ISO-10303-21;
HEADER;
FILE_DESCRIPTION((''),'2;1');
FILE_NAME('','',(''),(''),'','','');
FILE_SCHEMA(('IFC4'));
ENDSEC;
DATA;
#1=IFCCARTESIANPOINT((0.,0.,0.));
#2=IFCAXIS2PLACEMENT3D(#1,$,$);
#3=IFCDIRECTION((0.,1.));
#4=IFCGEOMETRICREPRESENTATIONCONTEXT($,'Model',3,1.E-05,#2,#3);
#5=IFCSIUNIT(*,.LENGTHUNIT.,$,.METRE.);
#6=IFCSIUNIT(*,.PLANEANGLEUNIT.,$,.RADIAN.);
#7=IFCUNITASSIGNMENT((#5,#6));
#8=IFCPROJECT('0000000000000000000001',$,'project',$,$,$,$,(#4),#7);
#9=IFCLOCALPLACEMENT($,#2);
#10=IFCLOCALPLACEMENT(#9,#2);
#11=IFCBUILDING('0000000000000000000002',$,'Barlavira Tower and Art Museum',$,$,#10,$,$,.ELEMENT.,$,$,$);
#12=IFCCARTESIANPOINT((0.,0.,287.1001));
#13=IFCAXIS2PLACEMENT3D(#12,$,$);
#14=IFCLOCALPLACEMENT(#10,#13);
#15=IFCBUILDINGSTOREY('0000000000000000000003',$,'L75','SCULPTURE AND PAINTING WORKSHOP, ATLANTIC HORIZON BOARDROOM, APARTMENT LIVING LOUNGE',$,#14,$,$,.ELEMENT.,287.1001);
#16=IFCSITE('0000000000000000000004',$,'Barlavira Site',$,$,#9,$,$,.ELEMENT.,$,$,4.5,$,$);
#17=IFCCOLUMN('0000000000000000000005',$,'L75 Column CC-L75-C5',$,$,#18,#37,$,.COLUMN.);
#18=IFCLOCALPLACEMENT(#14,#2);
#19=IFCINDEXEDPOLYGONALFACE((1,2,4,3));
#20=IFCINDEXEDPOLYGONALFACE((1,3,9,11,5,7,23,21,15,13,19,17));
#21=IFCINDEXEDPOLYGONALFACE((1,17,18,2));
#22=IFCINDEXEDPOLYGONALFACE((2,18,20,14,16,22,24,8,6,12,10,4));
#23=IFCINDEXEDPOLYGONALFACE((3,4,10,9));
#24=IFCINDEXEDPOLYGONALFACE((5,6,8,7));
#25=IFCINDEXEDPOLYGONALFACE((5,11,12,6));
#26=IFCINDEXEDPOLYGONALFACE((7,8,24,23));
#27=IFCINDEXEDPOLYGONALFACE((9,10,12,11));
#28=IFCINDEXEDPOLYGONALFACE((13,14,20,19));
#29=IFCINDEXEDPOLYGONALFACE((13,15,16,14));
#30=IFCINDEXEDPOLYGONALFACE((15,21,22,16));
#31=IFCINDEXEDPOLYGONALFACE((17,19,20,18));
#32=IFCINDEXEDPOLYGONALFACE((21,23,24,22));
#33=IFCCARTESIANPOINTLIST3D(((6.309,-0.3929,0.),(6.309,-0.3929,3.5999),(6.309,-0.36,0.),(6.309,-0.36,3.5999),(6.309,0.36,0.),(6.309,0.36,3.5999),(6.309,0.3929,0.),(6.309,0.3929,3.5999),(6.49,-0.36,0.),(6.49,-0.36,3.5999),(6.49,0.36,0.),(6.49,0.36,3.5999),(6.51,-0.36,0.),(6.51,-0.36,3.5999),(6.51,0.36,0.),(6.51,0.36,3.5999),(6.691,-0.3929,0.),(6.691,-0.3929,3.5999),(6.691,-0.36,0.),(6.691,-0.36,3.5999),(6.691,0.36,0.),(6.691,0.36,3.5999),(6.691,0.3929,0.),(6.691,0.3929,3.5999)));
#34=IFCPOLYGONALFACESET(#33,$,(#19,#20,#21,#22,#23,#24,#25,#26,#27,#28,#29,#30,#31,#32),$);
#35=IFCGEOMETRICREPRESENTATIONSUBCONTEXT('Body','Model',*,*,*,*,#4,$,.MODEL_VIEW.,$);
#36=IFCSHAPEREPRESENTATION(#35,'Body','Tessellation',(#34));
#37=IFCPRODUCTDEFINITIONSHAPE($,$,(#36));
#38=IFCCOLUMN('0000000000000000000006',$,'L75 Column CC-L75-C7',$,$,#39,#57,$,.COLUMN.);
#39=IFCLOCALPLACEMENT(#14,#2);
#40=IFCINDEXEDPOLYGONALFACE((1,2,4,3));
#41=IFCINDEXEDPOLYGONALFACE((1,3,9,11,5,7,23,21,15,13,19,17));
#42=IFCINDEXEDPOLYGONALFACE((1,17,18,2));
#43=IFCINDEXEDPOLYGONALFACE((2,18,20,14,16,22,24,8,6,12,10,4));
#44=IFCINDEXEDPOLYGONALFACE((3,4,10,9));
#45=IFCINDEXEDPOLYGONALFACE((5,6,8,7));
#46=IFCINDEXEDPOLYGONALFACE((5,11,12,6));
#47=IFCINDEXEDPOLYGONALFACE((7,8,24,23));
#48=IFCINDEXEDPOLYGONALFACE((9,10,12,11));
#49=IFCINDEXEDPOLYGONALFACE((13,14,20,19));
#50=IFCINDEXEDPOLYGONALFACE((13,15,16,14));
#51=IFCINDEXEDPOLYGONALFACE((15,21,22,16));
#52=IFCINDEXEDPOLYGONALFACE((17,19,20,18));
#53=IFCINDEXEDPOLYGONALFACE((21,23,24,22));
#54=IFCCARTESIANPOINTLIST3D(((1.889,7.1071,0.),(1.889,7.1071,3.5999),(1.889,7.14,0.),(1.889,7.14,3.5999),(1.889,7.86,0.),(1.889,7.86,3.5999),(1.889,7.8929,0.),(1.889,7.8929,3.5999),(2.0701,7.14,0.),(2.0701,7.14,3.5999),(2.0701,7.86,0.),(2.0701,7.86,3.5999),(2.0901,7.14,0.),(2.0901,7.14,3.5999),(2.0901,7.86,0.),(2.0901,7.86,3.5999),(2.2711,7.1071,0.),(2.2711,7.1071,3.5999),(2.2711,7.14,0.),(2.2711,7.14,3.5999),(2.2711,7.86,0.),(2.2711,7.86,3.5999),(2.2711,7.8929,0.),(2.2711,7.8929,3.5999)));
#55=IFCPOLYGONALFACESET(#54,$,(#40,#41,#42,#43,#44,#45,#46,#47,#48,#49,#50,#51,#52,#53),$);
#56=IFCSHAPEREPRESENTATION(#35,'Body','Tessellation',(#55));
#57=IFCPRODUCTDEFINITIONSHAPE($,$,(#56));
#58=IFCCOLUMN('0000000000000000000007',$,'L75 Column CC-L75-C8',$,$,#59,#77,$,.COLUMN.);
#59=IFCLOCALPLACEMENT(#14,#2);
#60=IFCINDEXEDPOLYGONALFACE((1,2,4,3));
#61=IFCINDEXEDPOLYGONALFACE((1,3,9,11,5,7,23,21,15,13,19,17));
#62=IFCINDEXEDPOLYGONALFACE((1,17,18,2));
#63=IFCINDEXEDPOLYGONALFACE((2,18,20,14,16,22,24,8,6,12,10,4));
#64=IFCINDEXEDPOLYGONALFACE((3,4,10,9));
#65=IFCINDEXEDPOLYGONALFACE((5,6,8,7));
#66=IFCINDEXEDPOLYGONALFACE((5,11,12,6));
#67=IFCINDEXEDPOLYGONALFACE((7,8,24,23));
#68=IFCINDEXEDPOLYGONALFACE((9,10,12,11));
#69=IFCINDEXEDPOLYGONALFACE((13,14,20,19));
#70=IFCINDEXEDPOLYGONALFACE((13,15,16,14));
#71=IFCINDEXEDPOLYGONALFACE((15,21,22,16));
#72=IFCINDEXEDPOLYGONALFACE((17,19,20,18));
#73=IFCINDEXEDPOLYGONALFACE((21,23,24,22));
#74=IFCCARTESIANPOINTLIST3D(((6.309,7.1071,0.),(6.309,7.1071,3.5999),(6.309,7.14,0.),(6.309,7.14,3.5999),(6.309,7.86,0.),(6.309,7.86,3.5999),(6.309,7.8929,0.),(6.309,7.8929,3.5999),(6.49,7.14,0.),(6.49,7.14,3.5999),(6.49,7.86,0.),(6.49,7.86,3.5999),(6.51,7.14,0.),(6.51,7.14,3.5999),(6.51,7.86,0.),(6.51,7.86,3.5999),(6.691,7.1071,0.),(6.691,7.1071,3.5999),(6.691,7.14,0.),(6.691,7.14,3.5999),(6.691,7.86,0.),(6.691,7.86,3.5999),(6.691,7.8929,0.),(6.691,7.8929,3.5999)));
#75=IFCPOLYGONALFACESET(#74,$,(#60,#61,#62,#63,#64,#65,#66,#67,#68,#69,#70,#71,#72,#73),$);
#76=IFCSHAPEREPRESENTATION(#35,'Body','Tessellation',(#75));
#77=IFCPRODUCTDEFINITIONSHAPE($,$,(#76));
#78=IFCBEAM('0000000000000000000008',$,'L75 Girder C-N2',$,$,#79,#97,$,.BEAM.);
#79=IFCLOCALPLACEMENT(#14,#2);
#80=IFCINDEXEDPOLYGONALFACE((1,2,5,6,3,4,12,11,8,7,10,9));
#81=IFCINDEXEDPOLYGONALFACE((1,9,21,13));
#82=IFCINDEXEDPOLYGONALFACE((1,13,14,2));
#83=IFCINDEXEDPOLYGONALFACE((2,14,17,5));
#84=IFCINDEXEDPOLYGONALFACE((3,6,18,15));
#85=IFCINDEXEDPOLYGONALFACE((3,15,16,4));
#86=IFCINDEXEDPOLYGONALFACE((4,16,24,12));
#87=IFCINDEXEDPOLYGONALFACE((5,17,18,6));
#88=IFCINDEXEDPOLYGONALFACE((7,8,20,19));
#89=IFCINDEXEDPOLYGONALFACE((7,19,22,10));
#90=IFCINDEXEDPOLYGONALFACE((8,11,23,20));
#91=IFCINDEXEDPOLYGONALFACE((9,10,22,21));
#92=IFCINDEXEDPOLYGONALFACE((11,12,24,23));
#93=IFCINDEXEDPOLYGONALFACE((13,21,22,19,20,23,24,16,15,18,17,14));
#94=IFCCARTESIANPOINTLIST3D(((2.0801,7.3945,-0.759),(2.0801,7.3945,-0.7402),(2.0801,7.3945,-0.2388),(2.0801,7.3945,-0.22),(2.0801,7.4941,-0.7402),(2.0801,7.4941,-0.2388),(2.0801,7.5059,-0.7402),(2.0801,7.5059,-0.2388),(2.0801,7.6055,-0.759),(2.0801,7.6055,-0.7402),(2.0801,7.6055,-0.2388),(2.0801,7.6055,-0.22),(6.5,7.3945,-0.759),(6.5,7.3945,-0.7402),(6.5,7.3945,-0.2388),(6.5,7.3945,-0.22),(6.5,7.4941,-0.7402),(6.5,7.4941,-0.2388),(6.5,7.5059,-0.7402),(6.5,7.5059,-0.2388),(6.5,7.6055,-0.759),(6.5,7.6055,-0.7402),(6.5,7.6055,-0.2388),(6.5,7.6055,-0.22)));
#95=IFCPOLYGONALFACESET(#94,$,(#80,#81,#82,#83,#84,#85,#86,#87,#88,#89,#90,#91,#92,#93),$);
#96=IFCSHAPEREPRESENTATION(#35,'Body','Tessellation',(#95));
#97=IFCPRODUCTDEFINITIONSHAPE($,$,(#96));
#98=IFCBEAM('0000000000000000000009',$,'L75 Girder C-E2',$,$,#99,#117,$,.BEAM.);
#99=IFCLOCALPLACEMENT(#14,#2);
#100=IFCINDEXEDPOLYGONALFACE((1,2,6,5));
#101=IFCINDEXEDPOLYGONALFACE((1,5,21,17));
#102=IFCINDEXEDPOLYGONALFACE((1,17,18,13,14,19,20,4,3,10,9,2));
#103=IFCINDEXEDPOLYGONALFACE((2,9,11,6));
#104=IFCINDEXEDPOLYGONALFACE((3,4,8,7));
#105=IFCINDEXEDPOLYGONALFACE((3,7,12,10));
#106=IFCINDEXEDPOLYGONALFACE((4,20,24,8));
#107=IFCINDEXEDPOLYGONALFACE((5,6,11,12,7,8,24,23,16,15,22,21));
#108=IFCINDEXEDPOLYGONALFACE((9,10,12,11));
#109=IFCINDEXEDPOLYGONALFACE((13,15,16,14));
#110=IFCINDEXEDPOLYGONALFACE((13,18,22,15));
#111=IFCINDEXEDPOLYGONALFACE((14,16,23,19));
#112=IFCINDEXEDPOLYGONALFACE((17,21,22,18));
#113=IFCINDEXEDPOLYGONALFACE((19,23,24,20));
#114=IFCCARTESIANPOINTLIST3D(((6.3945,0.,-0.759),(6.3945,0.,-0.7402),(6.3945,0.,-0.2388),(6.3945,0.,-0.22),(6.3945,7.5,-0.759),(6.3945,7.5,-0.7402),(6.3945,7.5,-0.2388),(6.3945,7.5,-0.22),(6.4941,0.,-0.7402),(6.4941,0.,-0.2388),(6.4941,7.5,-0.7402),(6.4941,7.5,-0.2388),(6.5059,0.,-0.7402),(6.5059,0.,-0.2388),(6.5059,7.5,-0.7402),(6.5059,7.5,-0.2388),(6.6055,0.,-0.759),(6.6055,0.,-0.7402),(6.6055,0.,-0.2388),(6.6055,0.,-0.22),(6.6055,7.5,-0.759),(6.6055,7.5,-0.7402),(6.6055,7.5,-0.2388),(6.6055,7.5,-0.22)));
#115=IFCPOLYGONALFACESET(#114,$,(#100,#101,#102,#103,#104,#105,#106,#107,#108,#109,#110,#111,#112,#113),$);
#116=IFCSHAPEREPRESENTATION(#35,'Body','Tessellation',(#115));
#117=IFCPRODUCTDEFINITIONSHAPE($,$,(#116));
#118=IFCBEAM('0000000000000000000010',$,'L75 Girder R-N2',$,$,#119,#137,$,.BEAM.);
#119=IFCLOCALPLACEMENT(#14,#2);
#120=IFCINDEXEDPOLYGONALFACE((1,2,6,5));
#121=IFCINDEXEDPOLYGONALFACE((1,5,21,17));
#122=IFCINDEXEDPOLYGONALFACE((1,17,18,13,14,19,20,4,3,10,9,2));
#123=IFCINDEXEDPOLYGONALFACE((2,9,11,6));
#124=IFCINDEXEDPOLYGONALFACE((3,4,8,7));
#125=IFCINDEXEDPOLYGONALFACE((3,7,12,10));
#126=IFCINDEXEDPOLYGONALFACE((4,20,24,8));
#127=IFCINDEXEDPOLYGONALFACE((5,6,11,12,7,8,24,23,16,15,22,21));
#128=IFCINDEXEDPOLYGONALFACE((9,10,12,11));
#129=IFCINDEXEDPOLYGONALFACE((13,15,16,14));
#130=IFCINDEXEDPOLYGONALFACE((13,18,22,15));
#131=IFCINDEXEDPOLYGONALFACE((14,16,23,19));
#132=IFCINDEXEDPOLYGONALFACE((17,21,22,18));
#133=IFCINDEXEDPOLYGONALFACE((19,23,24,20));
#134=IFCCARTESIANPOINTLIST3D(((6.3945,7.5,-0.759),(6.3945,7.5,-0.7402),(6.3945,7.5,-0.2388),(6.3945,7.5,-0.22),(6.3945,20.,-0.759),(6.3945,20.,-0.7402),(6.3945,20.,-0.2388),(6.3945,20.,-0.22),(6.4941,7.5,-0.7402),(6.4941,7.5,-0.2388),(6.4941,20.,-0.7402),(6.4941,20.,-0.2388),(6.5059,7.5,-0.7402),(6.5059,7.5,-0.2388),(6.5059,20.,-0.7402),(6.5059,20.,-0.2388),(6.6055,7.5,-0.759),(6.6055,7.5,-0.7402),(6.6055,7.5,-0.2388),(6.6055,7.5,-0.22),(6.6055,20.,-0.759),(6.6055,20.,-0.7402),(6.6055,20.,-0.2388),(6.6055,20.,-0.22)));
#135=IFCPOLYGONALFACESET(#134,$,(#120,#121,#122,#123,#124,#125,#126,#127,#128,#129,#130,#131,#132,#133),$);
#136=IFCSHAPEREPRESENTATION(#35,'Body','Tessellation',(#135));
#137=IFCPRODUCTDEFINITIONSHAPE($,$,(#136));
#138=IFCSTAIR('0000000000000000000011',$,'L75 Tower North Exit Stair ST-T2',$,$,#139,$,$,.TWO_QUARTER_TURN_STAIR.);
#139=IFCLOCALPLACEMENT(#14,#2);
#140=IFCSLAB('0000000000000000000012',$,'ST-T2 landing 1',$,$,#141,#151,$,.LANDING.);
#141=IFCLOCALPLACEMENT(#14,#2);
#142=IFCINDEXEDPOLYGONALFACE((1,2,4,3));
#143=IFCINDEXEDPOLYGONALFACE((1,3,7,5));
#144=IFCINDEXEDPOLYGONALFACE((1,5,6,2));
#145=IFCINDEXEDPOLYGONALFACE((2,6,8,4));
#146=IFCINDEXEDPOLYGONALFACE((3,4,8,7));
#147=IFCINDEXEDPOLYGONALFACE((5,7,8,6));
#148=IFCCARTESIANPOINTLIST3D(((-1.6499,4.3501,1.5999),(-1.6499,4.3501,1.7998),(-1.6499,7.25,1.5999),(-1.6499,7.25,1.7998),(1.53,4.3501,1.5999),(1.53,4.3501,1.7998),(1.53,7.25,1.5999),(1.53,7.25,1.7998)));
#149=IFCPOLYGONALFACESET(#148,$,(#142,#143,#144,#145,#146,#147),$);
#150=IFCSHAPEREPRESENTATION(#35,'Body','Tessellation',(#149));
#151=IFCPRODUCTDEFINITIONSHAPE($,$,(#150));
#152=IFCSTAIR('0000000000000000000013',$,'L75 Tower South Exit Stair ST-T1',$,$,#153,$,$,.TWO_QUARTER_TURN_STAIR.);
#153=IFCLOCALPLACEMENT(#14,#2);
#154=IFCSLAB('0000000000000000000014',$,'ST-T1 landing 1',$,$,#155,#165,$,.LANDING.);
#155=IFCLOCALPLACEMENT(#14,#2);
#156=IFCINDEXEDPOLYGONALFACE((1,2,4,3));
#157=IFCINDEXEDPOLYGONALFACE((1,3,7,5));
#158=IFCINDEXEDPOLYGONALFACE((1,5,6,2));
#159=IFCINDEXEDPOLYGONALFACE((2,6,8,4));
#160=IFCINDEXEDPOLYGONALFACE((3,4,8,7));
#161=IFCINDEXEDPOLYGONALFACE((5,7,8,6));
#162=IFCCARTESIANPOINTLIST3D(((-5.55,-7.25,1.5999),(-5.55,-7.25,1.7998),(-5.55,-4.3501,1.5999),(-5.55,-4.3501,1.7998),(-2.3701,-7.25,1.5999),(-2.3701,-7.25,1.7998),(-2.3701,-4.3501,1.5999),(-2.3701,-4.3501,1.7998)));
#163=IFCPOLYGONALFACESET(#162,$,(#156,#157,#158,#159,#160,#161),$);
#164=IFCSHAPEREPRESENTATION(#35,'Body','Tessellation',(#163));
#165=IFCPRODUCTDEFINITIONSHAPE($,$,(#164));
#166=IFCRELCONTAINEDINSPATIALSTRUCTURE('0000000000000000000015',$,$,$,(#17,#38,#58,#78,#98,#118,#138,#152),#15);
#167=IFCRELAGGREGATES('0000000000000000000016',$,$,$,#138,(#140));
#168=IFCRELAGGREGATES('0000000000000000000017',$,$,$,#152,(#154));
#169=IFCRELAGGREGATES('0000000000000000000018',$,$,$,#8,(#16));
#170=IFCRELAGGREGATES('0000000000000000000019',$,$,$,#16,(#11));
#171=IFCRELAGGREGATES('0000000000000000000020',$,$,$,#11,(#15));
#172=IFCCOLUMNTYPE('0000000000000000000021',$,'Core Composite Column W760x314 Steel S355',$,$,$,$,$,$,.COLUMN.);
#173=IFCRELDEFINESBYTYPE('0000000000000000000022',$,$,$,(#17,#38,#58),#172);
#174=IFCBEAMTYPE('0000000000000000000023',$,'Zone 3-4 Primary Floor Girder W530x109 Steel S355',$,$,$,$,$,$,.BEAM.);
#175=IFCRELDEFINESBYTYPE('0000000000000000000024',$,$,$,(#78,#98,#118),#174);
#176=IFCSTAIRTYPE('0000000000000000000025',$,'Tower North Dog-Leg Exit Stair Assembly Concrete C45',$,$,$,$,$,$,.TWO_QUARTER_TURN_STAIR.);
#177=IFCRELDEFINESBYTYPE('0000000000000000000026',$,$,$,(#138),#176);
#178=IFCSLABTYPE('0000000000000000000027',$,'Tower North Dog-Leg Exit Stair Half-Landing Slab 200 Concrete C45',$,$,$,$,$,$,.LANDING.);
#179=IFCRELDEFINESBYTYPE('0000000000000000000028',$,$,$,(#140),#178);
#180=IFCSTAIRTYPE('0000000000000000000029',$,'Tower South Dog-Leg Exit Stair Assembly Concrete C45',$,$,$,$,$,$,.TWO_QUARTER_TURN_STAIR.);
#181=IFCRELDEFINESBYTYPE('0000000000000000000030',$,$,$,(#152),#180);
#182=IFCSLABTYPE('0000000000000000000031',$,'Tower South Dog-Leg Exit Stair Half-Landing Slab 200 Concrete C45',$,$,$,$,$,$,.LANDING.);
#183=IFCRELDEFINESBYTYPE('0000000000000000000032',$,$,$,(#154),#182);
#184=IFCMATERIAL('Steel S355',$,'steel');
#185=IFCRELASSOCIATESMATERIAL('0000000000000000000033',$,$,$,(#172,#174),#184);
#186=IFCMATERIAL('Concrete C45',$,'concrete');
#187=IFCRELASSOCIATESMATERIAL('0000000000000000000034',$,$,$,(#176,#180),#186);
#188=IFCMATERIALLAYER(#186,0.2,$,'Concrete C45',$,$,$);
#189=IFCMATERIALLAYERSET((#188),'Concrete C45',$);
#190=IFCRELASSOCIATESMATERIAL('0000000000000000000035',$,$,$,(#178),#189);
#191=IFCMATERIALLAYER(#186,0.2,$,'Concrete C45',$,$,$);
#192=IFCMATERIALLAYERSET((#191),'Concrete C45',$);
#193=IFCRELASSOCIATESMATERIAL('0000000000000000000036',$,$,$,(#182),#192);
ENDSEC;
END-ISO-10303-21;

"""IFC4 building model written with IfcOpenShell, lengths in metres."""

from ifc_helpers import new_model, si_unit, direction, frame, origin, origin_2d, place, context, subcontext, project, spatial, polyline, i_section, outline, extrude, material, layer, layer_set, material_profile, profile_set, type_object, element, aggregate, save


model = new_model("IFC4")

# Units and contexts
model_context = context("Model", 3, precision=1e-05, world=origin(), true_north=direction((0.0, 1.0)))
body_context = subcontext(model_context, "Body", "Model", "MODEL_VIEW")
ifc_project = project(units=[si_unit("LENGTHUNIT", "METRE"), si_unit("PLANEANGLEUNIT", "RADIAN")], contexts=[model_context])

# Site, building, storey
site_placement = place(None, origin())
site = spatial("IfcSite", under=ifc_project, at=site_placement, Name="Barlavira Site", CompositionType="ELEMENT", RefElevation=4.5)
building_placement = place(site_placement, origin())
building = spatial("IfcBuilding", under=site, at=building_placement, Name="Barlavira Tower and Art Museum", CompositionType="ELEMENT")
storey_placement = place(building_placement, frame((0.0, 0.0, 287.1001)))
storey = spatial("IfcBuildingStorey", under=building, at=storey_placement, Name="L75", Description="SCULPTURE AND PAINTING WORKSHOP, ATLANTIC HORIZON BOARDROOM, APARTMENT LIVING LOUNGE", CompositionType="ELEMENT", Elevation=287.1001)

# Columns
ifc_material_1 = material(Name="Steel S355", Category="steel")
ifc_material_profile_1 = material_profile(ifc_material_1, i_section(OverallWidth=0.3821, OverallDepth=0.7859, WebThickness=0.02, FlangeThickness=0.033, at=origin_2d()), Name="W760x314.0")
ifc_profile_set_1 = profile_set([ifc_material_profile_1], Name="Steel S355")
column_type = type_object("IfcColumnType", Name="Core Composite Column W760x314 Steel S355", PredefinedType="COLUMN", material=ifc_profile_set_1)
for number, where, z_axis, x_axis, name in (
    (1, (6.5, 0.0, 0.0), (0.0, 0.0, 1.0), (1.0, 0.0, 0.0), "L75 Column CC-L75-C5"),
    (2, (2.0801, 7.5, 0.0), (0.0, 0.0, 1.0), (1.0, 0.0, 0.0), "L75 Column CC-L75-C7"),
    (3, (6.5, 7.5, 0.0), (0.0, 0.0, 1.0), (1.0, 0.0, 0.0), "L75 Column CC-L75-C8"),
):
    element("IfcColumn", number, at=place(storey_placement, frame(where, z_axis=z_axis, x_axis=x_axis)), inside=storey, type_object=column_type, Name=name, PredefinedType="COLUMN", context=body_context, shape_type="SweptSolid", body=[
        extrude(i_section(OverallWidth=0.3821, OverallDepth=0.7859, WebThickness=0.02, FlangeThickness=0.033, at=origin_2d()), origin(), (0.0, 0.0, 1.0), 3.5999),
    ])

# Beams
ifc_material_profile_2 = material_profile(ifc_material_1, i_section(OverallWidth=0.2109, OverallDepth=0.5391, WebThickness=0.0117, FlangeThickness=0.0188, at=origin_2d()), Name="W530x109.0")
ifc_profile_set_2 = profile_set([ifc_material_profile_2], Name="Steel S355")
beam_type = type_object("IfcBeamType", Name="Zone 3-4 Primary Floor Girder W530x109 Steel S355", PredefinedType="BEAM", material=ifc_profile_set_2)
beam_1_placement = place(storey_placement, frame((2.0801, 7.5, -0.4895), z_axis=(1.0, 0.0, 0.0), x_axis=(0.0, 1.0, 0.0)))
element("IfcBeam", 4, at=beam_1_placement, inside=storey, type_object=beam_type, Name="L75 Girder C-N2", PredefinedType="BEAM", context=body_context, shape_type="SweptSolid", body=[
    extrude(i_section(OverallWidth=0.2109, OverallDepth=0.5391, WebThickness=0.0117, FlangeThickness=0.0188, at=origin_2d()), origin(), (0.0, 0.0, 1.0), 4.4199),
])
beam_2_placement = place(storey_placement, frame((6.5, 0.0, -0.4895), z_axis=(0.0, 1.0, 0.0), x_axis=(-1.0, 0.0, 0.0)))
element("IfcBeam", 5, at=beam_2_placement, inside=storey, type_object=beam_type, Name="L75 Girder C-E2", PredefinedType="BEAM", context=body_context, shape_type="SweptSolid", body=[
    extrude(i_section(OverallWidth=0.2109, OverallDepth=0.5391, WebThickness=0.0117, FlangeThickness=0.0188, at=origin_2d()), origin(), (0.0, 0.0, 1.0), 7.5),
])
beam_3_placement = place(storey_placement, frame((6.5, 7.5, -0.4895), z_axis=(0.0, 1.0, 0.0), x_axis=(-1.0, 0.0, 0.0)))
element("IfcBeam", 6, at=beam_3_placement, inside=storey, type_object=beam_type, Name="L75 Girder R-N2", PredefinedType="BEAM", context=body_context, shape_type="SweptSolid", body=[
    extrude(i_section(OverallWidth=0.2109, OverallDepth=0.5391, WebThickness=0.0117, FlangeThickness=0.0188, at=origin_2d()), origin(), (0.0, 0.0, 1.0), 12.5),
])

# Stairs, slabs
ifc_material_2 = material(Name="Concrete C45", Category="concrete")
stair_type_1 = type_object("IfcStairType", Name="Tower North Dog-Leg Exit Stair Assembly Concrete C45", PredefinedType="TWO_QUARTER_TURN_STAIR", material=ifc_material_2)
stair_1_placement = place(storey_placement, origin())
stair_1 = element("IfcStair", 7, at=stair_1_placement, inside=storey, type_object=stair_type_1, Name="L75 Tower North Exit Stair ST-T2", PredefinedType="TWO_QUARTER_TURN_STAIR")
ifc_layer_1 = layer(ifc_material_2, 0.2, Name="Concrete C45")
ifc_layer_set_1 = layer_set([ifc_layer_1], Name="Concrete C45")
slab_type_1 = type_object("IfcSlabType", Name="Tower North Dog-Leg Exit Stair Half-Landing Slab 200 Concrete C45", PredefinedType="LANDING", material=ifc_layer_set_1)
slab_1_placement = place(storey_placement, frame((0.0, 0.0, 1.5999)))
slab_1 = element("IfcSlab", 8, at=slab_1_placement, type_object=slab_type_1, Name="ST-T2 landing 1", PredefinedType="LANDING", context=body_context, shape_type="SweptSolid", body=[
    extrude(outline(polyline([(-1.6499, 4.3501), (1.53, 4.3501), (1.53, 7.25), (-1.6499, 7.25), (-1.6499, 4.3501)])), origin(), (0.0, 0.0, 1.0), 0.2),
])
aggregate(stair_1, [slab_1])
stair_type_2 = type_object("IfcStairType", Name="Tower South Dog-Leg Exit Stair Assembly Concrete C45", PredefinedType="TWO_QUARTER_TURN_STAIR", material=ifc_material_2)
stair_2_placement = place(storey_placement, origin())
stair_2 = element("IfcStair", 9, at=stair_2_placement, inside=storey, type_object=stair_type_2, Name="L75 Tower South Exit Stair ST-T1", PredefinedType="TWO_QUARTER_TURN_STAIR")
ifc_layer_2 = layer(ifc_material_2, 0.2, Name="Concrete C45")
ifc_layer_set_2 = layer_set([ifc_layer_2], Name="Concrete C45")
slab_type_2 = type_object("IfcSlabType", Name="Tower South Dog-Leg Exit Stair Half-Landing Slab 200 Concrete C45", PredefinedType="LANDING", material=ifc_layer_set_2)
slab_2_placement = place(storey_placement, frame((0.0, 0.0, 1.5999)))
slab_2 = element("IfcSlab", 10, at=slab_2_placement, type_object=slab_type_2, Name="ST-T1 landing 1", PredefinedType="LANDING", context=body_context, shape_type="SweptSolid", body=[
    extrude(outline(polyline([(-2.3701, -4.3501), (-5.55, -4.3501), (-5.55, -7.25), (-2.3701, -7.25), (-2.3701, -4.3501)])), origin(), (0.0, 0.0, 1.0), 0.2),
])
aggregate(stair_2, [slab_2])

save(model, "model.ifc")
